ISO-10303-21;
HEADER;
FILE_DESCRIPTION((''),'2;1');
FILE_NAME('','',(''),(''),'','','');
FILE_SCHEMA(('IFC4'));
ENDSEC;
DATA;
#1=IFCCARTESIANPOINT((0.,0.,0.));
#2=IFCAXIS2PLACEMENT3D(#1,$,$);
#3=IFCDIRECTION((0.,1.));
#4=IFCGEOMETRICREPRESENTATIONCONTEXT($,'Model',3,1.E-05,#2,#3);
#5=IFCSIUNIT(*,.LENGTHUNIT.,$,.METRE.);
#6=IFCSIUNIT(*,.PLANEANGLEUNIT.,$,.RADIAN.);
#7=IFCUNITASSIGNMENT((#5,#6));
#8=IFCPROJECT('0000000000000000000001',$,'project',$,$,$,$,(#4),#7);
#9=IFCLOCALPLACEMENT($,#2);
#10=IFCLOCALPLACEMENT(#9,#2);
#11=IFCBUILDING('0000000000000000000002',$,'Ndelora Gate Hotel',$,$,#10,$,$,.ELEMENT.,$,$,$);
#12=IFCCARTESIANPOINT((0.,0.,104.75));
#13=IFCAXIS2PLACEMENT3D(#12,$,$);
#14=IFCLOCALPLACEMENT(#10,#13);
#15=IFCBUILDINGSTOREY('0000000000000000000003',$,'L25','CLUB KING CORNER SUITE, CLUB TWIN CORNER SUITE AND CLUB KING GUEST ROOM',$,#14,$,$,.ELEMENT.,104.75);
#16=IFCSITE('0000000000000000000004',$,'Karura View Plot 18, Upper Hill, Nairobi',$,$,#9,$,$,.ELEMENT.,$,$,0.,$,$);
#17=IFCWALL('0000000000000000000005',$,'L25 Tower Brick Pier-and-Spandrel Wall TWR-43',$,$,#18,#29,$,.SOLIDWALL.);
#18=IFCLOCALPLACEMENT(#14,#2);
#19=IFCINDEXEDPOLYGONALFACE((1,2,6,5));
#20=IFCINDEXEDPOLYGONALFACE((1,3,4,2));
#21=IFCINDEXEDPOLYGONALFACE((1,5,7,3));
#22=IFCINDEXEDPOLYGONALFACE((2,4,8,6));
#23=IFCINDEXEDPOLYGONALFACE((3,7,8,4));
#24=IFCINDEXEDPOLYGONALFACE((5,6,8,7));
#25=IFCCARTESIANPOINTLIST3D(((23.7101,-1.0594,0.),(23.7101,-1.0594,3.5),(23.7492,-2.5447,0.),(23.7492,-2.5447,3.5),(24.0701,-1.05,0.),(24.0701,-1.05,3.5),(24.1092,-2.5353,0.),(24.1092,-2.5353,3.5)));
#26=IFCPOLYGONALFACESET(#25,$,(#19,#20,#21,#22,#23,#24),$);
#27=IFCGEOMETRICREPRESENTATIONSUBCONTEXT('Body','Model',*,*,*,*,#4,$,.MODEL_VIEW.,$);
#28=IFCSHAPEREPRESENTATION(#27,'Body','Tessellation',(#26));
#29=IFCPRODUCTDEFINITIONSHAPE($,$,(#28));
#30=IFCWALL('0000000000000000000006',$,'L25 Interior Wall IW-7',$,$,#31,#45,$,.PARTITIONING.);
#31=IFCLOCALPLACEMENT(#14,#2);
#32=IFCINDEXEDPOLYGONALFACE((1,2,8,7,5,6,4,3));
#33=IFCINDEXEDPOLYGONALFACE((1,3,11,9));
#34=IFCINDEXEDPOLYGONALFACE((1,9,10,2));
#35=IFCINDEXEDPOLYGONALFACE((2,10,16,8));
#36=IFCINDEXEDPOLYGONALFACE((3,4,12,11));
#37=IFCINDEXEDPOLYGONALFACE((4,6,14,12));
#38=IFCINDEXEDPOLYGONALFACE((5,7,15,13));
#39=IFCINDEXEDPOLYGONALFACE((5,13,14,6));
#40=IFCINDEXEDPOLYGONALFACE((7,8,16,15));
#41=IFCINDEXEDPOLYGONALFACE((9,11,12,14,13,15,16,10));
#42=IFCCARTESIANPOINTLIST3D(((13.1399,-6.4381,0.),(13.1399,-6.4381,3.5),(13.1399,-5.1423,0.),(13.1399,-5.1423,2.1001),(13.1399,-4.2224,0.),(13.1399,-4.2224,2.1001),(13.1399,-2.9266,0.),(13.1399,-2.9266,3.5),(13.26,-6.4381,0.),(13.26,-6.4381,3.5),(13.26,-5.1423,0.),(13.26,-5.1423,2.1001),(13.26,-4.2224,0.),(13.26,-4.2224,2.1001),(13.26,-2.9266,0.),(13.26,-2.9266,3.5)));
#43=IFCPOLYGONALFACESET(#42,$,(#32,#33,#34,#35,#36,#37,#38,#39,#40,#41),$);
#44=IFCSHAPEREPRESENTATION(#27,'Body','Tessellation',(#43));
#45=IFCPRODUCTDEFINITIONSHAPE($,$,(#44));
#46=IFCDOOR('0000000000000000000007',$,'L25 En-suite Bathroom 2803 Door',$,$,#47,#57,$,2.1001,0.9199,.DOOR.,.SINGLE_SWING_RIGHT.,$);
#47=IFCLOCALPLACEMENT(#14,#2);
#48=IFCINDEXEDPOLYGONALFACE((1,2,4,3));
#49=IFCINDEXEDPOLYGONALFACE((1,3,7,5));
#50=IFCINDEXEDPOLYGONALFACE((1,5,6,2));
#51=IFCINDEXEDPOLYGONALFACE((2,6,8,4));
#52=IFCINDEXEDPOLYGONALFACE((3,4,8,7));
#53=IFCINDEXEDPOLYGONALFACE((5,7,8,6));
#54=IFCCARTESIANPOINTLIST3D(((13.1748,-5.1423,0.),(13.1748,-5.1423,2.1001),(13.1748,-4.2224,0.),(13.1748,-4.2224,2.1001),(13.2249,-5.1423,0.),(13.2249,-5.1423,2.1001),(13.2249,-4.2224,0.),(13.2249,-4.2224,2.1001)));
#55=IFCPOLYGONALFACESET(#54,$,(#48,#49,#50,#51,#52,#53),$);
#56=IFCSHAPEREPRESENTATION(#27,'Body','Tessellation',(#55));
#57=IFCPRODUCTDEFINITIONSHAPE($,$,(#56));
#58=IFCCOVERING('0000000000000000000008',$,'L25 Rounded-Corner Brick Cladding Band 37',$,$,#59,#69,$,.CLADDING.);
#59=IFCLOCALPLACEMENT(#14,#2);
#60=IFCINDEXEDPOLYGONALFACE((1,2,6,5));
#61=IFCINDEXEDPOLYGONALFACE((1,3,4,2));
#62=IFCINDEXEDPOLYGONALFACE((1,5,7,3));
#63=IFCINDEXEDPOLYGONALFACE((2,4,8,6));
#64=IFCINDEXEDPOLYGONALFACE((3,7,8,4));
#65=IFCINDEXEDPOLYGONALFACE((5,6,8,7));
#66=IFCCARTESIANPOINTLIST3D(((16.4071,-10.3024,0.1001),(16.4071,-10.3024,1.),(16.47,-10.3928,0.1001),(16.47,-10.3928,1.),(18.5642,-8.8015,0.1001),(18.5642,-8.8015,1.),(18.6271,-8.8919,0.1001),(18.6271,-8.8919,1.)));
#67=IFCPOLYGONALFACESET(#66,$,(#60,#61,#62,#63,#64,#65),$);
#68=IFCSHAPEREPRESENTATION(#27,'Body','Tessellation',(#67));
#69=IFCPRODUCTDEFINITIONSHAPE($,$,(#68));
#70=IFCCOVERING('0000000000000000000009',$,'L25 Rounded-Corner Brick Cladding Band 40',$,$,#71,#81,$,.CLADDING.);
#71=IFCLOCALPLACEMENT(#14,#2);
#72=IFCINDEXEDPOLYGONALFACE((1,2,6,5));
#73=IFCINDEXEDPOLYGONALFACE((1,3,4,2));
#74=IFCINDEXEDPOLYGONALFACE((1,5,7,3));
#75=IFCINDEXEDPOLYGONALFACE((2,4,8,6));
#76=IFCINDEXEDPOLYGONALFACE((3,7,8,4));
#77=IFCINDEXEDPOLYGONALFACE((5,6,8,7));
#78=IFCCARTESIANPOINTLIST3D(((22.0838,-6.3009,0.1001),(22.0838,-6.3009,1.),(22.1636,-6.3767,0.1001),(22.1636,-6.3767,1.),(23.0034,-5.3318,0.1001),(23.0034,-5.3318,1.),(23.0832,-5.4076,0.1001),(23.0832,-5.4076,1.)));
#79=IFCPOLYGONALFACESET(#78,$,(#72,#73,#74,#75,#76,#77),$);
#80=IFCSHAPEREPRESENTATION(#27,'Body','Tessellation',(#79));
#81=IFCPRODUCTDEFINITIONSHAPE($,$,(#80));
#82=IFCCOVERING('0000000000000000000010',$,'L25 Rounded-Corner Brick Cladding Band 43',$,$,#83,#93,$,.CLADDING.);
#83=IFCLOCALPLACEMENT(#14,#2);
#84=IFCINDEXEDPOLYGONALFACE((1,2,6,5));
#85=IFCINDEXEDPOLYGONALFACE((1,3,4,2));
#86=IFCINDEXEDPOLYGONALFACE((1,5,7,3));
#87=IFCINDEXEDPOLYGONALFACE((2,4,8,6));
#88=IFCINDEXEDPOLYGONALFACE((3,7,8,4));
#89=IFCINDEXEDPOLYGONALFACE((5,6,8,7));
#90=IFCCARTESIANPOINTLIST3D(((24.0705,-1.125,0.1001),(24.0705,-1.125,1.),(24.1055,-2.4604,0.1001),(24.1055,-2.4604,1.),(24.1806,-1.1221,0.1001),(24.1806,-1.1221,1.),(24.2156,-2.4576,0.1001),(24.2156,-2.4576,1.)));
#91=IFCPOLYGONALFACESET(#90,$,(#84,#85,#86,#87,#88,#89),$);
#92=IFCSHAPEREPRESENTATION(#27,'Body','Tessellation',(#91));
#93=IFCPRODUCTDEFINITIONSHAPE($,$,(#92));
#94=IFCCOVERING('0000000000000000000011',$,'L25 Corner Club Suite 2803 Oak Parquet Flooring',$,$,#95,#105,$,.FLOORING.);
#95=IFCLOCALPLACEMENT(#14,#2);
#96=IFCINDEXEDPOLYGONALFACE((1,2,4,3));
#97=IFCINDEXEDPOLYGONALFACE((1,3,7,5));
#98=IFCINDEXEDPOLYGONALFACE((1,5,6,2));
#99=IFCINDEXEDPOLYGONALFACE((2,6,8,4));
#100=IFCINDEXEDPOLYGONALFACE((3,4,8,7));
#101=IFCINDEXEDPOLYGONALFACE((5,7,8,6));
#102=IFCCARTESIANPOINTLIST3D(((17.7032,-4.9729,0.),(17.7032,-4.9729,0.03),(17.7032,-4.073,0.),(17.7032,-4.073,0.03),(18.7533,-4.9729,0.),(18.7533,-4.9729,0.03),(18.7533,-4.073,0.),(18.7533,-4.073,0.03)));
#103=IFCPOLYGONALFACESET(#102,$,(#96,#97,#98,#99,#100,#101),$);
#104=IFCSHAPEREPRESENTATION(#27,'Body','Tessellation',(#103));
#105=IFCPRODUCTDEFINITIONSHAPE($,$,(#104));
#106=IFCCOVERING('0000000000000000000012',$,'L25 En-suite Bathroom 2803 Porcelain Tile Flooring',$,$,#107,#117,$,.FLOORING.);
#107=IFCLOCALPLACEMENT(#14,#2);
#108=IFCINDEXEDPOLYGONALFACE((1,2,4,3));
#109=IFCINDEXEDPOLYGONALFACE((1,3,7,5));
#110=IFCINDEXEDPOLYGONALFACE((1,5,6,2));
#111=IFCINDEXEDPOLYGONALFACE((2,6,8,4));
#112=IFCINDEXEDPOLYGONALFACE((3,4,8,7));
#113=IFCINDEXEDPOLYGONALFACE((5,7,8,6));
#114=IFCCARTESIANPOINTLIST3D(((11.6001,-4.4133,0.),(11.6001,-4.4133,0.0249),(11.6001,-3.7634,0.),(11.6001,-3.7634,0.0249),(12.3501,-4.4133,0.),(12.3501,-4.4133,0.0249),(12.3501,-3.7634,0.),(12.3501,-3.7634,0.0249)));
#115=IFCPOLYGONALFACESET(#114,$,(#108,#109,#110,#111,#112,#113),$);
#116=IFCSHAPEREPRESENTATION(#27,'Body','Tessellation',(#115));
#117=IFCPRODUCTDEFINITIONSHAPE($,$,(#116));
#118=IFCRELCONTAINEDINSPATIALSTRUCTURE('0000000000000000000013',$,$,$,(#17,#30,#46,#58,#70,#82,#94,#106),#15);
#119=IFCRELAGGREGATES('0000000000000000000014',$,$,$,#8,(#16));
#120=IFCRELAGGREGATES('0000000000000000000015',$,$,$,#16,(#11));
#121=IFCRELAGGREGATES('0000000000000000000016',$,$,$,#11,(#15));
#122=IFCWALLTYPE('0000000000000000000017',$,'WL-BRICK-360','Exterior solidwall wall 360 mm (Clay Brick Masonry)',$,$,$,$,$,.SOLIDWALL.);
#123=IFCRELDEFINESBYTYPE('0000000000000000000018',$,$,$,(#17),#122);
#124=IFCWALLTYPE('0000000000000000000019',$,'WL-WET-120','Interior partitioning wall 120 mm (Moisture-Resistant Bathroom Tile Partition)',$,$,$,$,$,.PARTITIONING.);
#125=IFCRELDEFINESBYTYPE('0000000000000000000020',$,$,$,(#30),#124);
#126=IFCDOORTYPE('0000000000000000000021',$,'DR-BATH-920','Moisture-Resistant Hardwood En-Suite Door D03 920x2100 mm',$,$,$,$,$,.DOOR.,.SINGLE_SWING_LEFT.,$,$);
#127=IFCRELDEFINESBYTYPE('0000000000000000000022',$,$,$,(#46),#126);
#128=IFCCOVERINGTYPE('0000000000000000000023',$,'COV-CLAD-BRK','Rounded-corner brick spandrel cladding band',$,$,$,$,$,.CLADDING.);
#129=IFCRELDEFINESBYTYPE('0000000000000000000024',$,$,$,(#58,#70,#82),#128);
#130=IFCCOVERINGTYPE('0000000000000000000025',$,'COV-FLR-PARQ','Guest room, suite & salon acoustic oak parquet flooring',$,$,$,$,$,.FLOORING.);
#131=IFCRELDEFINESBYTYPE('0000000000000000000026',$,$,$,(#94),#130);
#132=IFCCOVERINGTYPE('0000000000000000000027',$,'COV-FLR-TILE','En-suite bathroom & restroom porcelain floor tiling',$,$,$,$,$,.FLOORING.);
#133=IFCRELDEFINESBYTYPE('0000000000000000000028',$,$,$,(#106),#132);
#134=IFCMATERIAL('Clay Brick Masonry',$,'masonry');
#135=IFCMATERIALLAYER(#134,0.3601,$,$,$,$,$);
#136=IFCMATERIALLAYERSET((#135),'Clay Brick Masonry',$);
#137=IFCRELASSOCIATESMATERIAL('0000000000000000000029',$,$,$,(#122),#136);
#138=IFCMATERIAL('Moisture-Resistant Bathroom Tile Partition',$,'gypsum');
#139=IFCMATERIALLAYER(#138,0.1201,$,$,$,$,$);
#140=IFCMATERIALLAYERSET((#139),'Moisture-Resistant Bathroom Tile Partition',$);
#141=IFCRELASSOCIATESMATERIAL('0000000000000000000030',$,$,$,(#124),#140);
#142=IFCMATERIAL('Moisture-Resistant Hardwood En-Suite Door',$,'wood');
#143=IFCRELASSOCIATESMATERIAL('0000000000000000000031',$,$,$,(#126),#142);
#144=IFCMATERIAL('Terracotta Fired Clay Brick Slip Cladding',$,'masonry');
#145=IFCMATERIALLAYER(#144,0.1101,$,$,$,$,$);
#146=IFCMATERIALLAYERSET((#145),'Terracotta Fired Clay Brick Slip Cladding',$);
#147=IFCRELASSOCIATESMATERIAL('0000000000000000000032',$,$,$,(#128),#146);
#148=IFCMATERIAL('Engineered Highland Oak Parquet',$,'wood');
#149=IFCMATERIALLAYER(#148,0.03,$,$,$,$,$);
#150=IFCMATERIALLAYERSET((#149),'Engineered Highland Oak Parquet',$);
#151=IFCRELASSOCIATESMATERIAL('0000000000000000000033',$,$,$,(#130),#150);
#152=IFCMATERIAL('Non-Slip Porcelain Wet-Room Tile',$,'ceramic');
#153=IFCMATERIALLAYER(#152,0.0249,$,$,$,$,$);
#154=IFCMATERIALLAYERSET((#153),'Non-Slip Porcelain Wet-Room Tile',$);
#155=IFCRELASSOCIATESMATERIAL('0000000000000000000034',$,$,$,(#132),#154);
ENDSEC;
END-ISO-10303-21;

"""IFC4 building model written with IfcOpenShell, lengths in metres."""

from ifc_helpers import new_model, si_unit, direction, frame, frame_2d, origin, origin_2d, place, context, subcontext, project, spatial, rectangle, extrude, material, layer, layer_set, type_object, element, fill, save


model = new_model("IFC4")

# Units and contexts
model_context = context("Model", 3, precision=1e-05, world=origin(), true_north=direction((0.0, 1.0)))
body_context = subcontext(model_context, "Body", "Model", "MODEL_VIEW")
ifc_project = project(units=[si_unit("LENGTHUNIT", "METRE"), si_unit("PLANEANGLEUNIT", "RADIAN")], contexts=[model_context])

# Site, building, storey
site_placement = place(None, origin())
site = spatial("IfcSite", under=ifc_project, at=site_placement, Name="Karura View Plot 18, Upper Hill, Nairobi", CompositionType="ELEMENT", RefElevation=0.0)
building_placement = place(site_placement, origin())
building = spatial("IfcBuilding", under=site, at=building_placement, Name="Ndelora Gate Hotel", CompositionType="ELEMENT")
storey_placement = place(building_placement, frame((0.0, 0.0, 104.75)))
storey = spatial("IfcBuildingStorey", under=building, at=storey_placement, Name="L25", Description="CLUB KING CORNER SUITE, CLUB TWIN CORNER SUITE AND CLUB KING GUEST ROOM", CompositionType="ELEMENT", Elevation=104.75)

# Shared definitions
ifc_material_1 = material(Name="Clay Brick Masonry", Category="masonry")
ifc_layer_1 = layer(ifc_material_1, 0.3601)
ifc_layer_set_1 = layer_set([ifc_layer_1], Name="Clay Brick Masonry")
wall_type_1 = type_object("IfcWallType", Name="WL-BRICK-360", Description="Exterior solidwall wall 360 mm (Clay Brick Masonry)", PredefinedType="SOLIDWALL", material=ifc_layer_set_1)

# Wall
wall_1_placement = place(storey_placement, frame((23.8901, -1.0547, 0.0), z_axis=(0.0, 0.0, 1.0), x_axis=(0.026289, -0.999654, 0.0)))
element("IfcWall", 1, at=wall_1_placement, inside=storey, type_object=wall_type_1, Name="L25 Tower Brick Pier-and-Spandrel Wall TWR-43", PredefinedType="SOLIDWALL", context=body_context, shape_type="SweptSolid", body=[
    extrude(rectangle(XDim=1.4858, YDim=0.3601, at=frame_2d((0.7429, 0.0))), origin(), (0.0, 0.0, 1.0), 3.5),
])

# Wall, opening, door
ifc_material_2 = material(Name="Moisture-Resistant Bathroom Tile Partition", Category="gypsum")
ifc_layer_2 = layer(ifc_material_2, 0.1201)
ifc_layer_set_2 = layer_set([ifc_layer_2], Name="Moisture-Resistant Bathroom Tile Partition")
wall_type_2 = type_object("IfcWallType", Name="WL-WET-120", Description="Interior partitioning wall 120 mm (Moisture-Resistant Bathroom Tile Partition)", PredefinedType="PARTITIONING", material=ifc_layer_set_2)
wall_2_placement = place(storey_placement, frame((13.2, -2.9265, 0.0), z_axis=(0.0, 0.0, 1.0), x_axis=(0.0, -1.0, 0.0)))
wall_2 = element("IfcWall", 2, at=wall_2_placement, inside=storey, type_object=wall_type_2, Name="L25 Interior Wall IW-7", PredefinedType="PARTITIONING", context=body_context, shape_type="SweptSolid", body=[
    extrude(rectangle(XDim=3.5115, YDim=0.1201, at=frame_2d((1.7559, 0.0))), origin(), (0.0, 0.0, 1.0), 3.5),
])
opening_1_placement = place(wall_2_placement, frame((1.2959, 0.0, 0.0)))
opening_1 = element("IfcOpeningElement", 3, at=opening_1_placement, cuts=wall_2, PredefinedType="OPENING", context=body_context, shape_type="SweptSolid", body=[
    extrude(rectangle(XDim=0.9199, YDim=2.1001, at=frame_2d((0.46, 1.05))), frame((0.0, 0.0701, 0.0), z_axis=(0.0, -1.0, 0.0), x_axis=(1.0, 0.0, 0.0)), (0.0, 0.0, 1.0), 0.1401),
])
ifc_material_3 = material(Name="Moisture-Resistant Hardwood En-Suite Door", Category="wood")
door_type = type_object("IfcDoorType", Name="DR-BATH-920", Description="Moisture-Resistant Hardwood En-Suite Door D03 920x2100 mm", OperationType="SINGLE_SWING_LEFT", PredefinedType="DOOR", material=ifc_material_3)
door_placement = place(opening_1_placement, origin())
door = element("IfcDoor", 4, at=door_placement, inside=storey, type_object=door_type, Name="L25 En-suite Bathroom 2803 Door", OperationType="SINGLE_SWING_RIGHT", OverallHeight=2.1001, OverallWidth=0.9199, PredefinedType="DOOR", context=body_context, shape_type="SweptSolid", body=[
    extrude(rectangle(XDim=0.9199, YDim=2.1001, at=frame_2d((0.46, 1.05))), frame((0.0, 0.0249, 0.0), z_axis=(0.0, -1.0, 0.0), x_axis=(1.0, 0.0, 0.0)), (0.0, 0.0, 1.0), 0.05),
])
fill(opening_1, door)

# Coverings
ifc_material_4 = material(Name="Terracotta Fired Clay Brick Slip Cladding", Category="masonry")
ifc_layer_3 = layer(ifc_material_4, 0.1101)
ifc_layer_set_3 = layer_set([ifc_layer_3], Name="Terracotta Fired Clay Brick Slip Cladding")
covering_type_1 = type_object("IfcCoveringType", Name="COV-CLAD-BRK", Description="Rounded-corner brick spandrel cladding band", PredefinedType="CLADDING", material=ifc_layer_set_3)
covering_1_placement = place(storey_placement, frame((17.5171, -9.5972, 0.1001), z_axis=(0.0, 0.0, 1.0), x_axis=(0.82085, 0.571143, 0.0)))
element("IfcCovering", 5, at=covering_1_placement, inside=storey, type_object=covering_type_1, Name="L25 Rounded-Corner Brick Cladding Band 37", PredefinedType="CLADDING", context=body_context, shape_type="SweptSolid", body=[
    extrude(rectangle(XDim=2.6279, YDim=0.1101, at=origin_2d()), origin(), (0.0, 0.0, 1.0), 0.8999),
])
for number, where, z_axis, x_axis, name in (
    (6, (22.5835, -5.8542, 0.1001), (0.0, 0.0, 1.0), (0.688355, 0.725374, 0.0), "L25 Rounded-Corner Brick Cladding Band 40"),
    (7, (24.1431, -1.7913, 0.1001), (0.0, 0.0, 1.0), (-0.026177, 0.999657, 0.0), "L25 Rounded-Corner Brick Cladding Band 43"),
):
    element("IfcCovering", number, at=place(storey_placement, frame(where, z_axis=z_axis, x_axis=x_axis)), inside=storey, type_object=covering_type_1, Name=name, PredefinedType="CLADDING", context=body_context, shape_type="SweptSolid", body=[
        extrude(rectangle(XDim=1.3359, YDim=0.1101, at=origin_2d()), origin(), (0.0, 0.0, 1.0), 0.8999),
    ])
ifc_material_5 = material(Name="Engineered Highland Oak Parquet", Category="wood")
ifc_layer_4 = layer(ifc_material_5, 0.03)
ifc_layer_set_4 = layer_set([ifc_layer_4], Name="Engineered Highland Oak Parquet")
covering_type_2 = type_object("IfcCoveringType", Name="COV-FLR-PARQ", Description="Guest room, suite & salon acoustic oak parquet flooring", PredefinedType="FLOORING", material=ifc_layer_set_4)
covering_2_placement = place(storey_placement, frame((18.2283, -4.5229, 0.0), z_axis=(0.0, 0.0, 1.0), x_axis=(1.0, 0.0, 0.0)))
element("IfcCovering", 8, at=covering_2_placement, inside=storey, type_object=covering_type_2, Name="L25 Corner Club Suite 2803 Oak Parquet Flooring", PredefinedType="FLOORING", context=body_context, shape_type="SweptSolid", body=[
    extrude(rectangle(XDim=1.05, YDim=0.8999, at=origin_2d()), origin(), (0.0, 0.0, 1.0), 0.03),
])
ifc_material_6 = material(Name="Non-Slip Porcelain Wet-Room Tile", Category="ceramic")
ifc_layer_5 = layer(ifc_material_6, 0.0249)
ifc_layer_set_5 = layer_set([ifc_layer_5], Name="Non-Slip Porcelain Wet-Room Tile")
covering_type_3 = type_object("IfcCoveringType", Name="COV-FLR-TILE", Description="En-suite bathroom & restroom porcelain floor tiling", PredefinedType="FLOORING", material=ifc_layer_set_5)
covering_3_placement = place(storey_placement, frame((11.9751, -4.0884, 0.0), z_axis=(0.0, 0.0, 1.0), x_axis=(1.0, 0.0, 0.0)))
element("IfcCovering", 9, at=covering_3_placement, inside=storey, type_object=covering_type_3, Name="L25 En-suite Bathroom 2803 Porcelain Tile Flooring", PredefinedType="FLOORING", context=body_context, shape_type="SweptSolid", body=[
    extrude(rectangle(XDim=0.75, YDim=0.6499, at=origin_2d()), origin(), (0.0, 0.0, 1.0), 0.0249),
])

save(model, "model.ifc")
